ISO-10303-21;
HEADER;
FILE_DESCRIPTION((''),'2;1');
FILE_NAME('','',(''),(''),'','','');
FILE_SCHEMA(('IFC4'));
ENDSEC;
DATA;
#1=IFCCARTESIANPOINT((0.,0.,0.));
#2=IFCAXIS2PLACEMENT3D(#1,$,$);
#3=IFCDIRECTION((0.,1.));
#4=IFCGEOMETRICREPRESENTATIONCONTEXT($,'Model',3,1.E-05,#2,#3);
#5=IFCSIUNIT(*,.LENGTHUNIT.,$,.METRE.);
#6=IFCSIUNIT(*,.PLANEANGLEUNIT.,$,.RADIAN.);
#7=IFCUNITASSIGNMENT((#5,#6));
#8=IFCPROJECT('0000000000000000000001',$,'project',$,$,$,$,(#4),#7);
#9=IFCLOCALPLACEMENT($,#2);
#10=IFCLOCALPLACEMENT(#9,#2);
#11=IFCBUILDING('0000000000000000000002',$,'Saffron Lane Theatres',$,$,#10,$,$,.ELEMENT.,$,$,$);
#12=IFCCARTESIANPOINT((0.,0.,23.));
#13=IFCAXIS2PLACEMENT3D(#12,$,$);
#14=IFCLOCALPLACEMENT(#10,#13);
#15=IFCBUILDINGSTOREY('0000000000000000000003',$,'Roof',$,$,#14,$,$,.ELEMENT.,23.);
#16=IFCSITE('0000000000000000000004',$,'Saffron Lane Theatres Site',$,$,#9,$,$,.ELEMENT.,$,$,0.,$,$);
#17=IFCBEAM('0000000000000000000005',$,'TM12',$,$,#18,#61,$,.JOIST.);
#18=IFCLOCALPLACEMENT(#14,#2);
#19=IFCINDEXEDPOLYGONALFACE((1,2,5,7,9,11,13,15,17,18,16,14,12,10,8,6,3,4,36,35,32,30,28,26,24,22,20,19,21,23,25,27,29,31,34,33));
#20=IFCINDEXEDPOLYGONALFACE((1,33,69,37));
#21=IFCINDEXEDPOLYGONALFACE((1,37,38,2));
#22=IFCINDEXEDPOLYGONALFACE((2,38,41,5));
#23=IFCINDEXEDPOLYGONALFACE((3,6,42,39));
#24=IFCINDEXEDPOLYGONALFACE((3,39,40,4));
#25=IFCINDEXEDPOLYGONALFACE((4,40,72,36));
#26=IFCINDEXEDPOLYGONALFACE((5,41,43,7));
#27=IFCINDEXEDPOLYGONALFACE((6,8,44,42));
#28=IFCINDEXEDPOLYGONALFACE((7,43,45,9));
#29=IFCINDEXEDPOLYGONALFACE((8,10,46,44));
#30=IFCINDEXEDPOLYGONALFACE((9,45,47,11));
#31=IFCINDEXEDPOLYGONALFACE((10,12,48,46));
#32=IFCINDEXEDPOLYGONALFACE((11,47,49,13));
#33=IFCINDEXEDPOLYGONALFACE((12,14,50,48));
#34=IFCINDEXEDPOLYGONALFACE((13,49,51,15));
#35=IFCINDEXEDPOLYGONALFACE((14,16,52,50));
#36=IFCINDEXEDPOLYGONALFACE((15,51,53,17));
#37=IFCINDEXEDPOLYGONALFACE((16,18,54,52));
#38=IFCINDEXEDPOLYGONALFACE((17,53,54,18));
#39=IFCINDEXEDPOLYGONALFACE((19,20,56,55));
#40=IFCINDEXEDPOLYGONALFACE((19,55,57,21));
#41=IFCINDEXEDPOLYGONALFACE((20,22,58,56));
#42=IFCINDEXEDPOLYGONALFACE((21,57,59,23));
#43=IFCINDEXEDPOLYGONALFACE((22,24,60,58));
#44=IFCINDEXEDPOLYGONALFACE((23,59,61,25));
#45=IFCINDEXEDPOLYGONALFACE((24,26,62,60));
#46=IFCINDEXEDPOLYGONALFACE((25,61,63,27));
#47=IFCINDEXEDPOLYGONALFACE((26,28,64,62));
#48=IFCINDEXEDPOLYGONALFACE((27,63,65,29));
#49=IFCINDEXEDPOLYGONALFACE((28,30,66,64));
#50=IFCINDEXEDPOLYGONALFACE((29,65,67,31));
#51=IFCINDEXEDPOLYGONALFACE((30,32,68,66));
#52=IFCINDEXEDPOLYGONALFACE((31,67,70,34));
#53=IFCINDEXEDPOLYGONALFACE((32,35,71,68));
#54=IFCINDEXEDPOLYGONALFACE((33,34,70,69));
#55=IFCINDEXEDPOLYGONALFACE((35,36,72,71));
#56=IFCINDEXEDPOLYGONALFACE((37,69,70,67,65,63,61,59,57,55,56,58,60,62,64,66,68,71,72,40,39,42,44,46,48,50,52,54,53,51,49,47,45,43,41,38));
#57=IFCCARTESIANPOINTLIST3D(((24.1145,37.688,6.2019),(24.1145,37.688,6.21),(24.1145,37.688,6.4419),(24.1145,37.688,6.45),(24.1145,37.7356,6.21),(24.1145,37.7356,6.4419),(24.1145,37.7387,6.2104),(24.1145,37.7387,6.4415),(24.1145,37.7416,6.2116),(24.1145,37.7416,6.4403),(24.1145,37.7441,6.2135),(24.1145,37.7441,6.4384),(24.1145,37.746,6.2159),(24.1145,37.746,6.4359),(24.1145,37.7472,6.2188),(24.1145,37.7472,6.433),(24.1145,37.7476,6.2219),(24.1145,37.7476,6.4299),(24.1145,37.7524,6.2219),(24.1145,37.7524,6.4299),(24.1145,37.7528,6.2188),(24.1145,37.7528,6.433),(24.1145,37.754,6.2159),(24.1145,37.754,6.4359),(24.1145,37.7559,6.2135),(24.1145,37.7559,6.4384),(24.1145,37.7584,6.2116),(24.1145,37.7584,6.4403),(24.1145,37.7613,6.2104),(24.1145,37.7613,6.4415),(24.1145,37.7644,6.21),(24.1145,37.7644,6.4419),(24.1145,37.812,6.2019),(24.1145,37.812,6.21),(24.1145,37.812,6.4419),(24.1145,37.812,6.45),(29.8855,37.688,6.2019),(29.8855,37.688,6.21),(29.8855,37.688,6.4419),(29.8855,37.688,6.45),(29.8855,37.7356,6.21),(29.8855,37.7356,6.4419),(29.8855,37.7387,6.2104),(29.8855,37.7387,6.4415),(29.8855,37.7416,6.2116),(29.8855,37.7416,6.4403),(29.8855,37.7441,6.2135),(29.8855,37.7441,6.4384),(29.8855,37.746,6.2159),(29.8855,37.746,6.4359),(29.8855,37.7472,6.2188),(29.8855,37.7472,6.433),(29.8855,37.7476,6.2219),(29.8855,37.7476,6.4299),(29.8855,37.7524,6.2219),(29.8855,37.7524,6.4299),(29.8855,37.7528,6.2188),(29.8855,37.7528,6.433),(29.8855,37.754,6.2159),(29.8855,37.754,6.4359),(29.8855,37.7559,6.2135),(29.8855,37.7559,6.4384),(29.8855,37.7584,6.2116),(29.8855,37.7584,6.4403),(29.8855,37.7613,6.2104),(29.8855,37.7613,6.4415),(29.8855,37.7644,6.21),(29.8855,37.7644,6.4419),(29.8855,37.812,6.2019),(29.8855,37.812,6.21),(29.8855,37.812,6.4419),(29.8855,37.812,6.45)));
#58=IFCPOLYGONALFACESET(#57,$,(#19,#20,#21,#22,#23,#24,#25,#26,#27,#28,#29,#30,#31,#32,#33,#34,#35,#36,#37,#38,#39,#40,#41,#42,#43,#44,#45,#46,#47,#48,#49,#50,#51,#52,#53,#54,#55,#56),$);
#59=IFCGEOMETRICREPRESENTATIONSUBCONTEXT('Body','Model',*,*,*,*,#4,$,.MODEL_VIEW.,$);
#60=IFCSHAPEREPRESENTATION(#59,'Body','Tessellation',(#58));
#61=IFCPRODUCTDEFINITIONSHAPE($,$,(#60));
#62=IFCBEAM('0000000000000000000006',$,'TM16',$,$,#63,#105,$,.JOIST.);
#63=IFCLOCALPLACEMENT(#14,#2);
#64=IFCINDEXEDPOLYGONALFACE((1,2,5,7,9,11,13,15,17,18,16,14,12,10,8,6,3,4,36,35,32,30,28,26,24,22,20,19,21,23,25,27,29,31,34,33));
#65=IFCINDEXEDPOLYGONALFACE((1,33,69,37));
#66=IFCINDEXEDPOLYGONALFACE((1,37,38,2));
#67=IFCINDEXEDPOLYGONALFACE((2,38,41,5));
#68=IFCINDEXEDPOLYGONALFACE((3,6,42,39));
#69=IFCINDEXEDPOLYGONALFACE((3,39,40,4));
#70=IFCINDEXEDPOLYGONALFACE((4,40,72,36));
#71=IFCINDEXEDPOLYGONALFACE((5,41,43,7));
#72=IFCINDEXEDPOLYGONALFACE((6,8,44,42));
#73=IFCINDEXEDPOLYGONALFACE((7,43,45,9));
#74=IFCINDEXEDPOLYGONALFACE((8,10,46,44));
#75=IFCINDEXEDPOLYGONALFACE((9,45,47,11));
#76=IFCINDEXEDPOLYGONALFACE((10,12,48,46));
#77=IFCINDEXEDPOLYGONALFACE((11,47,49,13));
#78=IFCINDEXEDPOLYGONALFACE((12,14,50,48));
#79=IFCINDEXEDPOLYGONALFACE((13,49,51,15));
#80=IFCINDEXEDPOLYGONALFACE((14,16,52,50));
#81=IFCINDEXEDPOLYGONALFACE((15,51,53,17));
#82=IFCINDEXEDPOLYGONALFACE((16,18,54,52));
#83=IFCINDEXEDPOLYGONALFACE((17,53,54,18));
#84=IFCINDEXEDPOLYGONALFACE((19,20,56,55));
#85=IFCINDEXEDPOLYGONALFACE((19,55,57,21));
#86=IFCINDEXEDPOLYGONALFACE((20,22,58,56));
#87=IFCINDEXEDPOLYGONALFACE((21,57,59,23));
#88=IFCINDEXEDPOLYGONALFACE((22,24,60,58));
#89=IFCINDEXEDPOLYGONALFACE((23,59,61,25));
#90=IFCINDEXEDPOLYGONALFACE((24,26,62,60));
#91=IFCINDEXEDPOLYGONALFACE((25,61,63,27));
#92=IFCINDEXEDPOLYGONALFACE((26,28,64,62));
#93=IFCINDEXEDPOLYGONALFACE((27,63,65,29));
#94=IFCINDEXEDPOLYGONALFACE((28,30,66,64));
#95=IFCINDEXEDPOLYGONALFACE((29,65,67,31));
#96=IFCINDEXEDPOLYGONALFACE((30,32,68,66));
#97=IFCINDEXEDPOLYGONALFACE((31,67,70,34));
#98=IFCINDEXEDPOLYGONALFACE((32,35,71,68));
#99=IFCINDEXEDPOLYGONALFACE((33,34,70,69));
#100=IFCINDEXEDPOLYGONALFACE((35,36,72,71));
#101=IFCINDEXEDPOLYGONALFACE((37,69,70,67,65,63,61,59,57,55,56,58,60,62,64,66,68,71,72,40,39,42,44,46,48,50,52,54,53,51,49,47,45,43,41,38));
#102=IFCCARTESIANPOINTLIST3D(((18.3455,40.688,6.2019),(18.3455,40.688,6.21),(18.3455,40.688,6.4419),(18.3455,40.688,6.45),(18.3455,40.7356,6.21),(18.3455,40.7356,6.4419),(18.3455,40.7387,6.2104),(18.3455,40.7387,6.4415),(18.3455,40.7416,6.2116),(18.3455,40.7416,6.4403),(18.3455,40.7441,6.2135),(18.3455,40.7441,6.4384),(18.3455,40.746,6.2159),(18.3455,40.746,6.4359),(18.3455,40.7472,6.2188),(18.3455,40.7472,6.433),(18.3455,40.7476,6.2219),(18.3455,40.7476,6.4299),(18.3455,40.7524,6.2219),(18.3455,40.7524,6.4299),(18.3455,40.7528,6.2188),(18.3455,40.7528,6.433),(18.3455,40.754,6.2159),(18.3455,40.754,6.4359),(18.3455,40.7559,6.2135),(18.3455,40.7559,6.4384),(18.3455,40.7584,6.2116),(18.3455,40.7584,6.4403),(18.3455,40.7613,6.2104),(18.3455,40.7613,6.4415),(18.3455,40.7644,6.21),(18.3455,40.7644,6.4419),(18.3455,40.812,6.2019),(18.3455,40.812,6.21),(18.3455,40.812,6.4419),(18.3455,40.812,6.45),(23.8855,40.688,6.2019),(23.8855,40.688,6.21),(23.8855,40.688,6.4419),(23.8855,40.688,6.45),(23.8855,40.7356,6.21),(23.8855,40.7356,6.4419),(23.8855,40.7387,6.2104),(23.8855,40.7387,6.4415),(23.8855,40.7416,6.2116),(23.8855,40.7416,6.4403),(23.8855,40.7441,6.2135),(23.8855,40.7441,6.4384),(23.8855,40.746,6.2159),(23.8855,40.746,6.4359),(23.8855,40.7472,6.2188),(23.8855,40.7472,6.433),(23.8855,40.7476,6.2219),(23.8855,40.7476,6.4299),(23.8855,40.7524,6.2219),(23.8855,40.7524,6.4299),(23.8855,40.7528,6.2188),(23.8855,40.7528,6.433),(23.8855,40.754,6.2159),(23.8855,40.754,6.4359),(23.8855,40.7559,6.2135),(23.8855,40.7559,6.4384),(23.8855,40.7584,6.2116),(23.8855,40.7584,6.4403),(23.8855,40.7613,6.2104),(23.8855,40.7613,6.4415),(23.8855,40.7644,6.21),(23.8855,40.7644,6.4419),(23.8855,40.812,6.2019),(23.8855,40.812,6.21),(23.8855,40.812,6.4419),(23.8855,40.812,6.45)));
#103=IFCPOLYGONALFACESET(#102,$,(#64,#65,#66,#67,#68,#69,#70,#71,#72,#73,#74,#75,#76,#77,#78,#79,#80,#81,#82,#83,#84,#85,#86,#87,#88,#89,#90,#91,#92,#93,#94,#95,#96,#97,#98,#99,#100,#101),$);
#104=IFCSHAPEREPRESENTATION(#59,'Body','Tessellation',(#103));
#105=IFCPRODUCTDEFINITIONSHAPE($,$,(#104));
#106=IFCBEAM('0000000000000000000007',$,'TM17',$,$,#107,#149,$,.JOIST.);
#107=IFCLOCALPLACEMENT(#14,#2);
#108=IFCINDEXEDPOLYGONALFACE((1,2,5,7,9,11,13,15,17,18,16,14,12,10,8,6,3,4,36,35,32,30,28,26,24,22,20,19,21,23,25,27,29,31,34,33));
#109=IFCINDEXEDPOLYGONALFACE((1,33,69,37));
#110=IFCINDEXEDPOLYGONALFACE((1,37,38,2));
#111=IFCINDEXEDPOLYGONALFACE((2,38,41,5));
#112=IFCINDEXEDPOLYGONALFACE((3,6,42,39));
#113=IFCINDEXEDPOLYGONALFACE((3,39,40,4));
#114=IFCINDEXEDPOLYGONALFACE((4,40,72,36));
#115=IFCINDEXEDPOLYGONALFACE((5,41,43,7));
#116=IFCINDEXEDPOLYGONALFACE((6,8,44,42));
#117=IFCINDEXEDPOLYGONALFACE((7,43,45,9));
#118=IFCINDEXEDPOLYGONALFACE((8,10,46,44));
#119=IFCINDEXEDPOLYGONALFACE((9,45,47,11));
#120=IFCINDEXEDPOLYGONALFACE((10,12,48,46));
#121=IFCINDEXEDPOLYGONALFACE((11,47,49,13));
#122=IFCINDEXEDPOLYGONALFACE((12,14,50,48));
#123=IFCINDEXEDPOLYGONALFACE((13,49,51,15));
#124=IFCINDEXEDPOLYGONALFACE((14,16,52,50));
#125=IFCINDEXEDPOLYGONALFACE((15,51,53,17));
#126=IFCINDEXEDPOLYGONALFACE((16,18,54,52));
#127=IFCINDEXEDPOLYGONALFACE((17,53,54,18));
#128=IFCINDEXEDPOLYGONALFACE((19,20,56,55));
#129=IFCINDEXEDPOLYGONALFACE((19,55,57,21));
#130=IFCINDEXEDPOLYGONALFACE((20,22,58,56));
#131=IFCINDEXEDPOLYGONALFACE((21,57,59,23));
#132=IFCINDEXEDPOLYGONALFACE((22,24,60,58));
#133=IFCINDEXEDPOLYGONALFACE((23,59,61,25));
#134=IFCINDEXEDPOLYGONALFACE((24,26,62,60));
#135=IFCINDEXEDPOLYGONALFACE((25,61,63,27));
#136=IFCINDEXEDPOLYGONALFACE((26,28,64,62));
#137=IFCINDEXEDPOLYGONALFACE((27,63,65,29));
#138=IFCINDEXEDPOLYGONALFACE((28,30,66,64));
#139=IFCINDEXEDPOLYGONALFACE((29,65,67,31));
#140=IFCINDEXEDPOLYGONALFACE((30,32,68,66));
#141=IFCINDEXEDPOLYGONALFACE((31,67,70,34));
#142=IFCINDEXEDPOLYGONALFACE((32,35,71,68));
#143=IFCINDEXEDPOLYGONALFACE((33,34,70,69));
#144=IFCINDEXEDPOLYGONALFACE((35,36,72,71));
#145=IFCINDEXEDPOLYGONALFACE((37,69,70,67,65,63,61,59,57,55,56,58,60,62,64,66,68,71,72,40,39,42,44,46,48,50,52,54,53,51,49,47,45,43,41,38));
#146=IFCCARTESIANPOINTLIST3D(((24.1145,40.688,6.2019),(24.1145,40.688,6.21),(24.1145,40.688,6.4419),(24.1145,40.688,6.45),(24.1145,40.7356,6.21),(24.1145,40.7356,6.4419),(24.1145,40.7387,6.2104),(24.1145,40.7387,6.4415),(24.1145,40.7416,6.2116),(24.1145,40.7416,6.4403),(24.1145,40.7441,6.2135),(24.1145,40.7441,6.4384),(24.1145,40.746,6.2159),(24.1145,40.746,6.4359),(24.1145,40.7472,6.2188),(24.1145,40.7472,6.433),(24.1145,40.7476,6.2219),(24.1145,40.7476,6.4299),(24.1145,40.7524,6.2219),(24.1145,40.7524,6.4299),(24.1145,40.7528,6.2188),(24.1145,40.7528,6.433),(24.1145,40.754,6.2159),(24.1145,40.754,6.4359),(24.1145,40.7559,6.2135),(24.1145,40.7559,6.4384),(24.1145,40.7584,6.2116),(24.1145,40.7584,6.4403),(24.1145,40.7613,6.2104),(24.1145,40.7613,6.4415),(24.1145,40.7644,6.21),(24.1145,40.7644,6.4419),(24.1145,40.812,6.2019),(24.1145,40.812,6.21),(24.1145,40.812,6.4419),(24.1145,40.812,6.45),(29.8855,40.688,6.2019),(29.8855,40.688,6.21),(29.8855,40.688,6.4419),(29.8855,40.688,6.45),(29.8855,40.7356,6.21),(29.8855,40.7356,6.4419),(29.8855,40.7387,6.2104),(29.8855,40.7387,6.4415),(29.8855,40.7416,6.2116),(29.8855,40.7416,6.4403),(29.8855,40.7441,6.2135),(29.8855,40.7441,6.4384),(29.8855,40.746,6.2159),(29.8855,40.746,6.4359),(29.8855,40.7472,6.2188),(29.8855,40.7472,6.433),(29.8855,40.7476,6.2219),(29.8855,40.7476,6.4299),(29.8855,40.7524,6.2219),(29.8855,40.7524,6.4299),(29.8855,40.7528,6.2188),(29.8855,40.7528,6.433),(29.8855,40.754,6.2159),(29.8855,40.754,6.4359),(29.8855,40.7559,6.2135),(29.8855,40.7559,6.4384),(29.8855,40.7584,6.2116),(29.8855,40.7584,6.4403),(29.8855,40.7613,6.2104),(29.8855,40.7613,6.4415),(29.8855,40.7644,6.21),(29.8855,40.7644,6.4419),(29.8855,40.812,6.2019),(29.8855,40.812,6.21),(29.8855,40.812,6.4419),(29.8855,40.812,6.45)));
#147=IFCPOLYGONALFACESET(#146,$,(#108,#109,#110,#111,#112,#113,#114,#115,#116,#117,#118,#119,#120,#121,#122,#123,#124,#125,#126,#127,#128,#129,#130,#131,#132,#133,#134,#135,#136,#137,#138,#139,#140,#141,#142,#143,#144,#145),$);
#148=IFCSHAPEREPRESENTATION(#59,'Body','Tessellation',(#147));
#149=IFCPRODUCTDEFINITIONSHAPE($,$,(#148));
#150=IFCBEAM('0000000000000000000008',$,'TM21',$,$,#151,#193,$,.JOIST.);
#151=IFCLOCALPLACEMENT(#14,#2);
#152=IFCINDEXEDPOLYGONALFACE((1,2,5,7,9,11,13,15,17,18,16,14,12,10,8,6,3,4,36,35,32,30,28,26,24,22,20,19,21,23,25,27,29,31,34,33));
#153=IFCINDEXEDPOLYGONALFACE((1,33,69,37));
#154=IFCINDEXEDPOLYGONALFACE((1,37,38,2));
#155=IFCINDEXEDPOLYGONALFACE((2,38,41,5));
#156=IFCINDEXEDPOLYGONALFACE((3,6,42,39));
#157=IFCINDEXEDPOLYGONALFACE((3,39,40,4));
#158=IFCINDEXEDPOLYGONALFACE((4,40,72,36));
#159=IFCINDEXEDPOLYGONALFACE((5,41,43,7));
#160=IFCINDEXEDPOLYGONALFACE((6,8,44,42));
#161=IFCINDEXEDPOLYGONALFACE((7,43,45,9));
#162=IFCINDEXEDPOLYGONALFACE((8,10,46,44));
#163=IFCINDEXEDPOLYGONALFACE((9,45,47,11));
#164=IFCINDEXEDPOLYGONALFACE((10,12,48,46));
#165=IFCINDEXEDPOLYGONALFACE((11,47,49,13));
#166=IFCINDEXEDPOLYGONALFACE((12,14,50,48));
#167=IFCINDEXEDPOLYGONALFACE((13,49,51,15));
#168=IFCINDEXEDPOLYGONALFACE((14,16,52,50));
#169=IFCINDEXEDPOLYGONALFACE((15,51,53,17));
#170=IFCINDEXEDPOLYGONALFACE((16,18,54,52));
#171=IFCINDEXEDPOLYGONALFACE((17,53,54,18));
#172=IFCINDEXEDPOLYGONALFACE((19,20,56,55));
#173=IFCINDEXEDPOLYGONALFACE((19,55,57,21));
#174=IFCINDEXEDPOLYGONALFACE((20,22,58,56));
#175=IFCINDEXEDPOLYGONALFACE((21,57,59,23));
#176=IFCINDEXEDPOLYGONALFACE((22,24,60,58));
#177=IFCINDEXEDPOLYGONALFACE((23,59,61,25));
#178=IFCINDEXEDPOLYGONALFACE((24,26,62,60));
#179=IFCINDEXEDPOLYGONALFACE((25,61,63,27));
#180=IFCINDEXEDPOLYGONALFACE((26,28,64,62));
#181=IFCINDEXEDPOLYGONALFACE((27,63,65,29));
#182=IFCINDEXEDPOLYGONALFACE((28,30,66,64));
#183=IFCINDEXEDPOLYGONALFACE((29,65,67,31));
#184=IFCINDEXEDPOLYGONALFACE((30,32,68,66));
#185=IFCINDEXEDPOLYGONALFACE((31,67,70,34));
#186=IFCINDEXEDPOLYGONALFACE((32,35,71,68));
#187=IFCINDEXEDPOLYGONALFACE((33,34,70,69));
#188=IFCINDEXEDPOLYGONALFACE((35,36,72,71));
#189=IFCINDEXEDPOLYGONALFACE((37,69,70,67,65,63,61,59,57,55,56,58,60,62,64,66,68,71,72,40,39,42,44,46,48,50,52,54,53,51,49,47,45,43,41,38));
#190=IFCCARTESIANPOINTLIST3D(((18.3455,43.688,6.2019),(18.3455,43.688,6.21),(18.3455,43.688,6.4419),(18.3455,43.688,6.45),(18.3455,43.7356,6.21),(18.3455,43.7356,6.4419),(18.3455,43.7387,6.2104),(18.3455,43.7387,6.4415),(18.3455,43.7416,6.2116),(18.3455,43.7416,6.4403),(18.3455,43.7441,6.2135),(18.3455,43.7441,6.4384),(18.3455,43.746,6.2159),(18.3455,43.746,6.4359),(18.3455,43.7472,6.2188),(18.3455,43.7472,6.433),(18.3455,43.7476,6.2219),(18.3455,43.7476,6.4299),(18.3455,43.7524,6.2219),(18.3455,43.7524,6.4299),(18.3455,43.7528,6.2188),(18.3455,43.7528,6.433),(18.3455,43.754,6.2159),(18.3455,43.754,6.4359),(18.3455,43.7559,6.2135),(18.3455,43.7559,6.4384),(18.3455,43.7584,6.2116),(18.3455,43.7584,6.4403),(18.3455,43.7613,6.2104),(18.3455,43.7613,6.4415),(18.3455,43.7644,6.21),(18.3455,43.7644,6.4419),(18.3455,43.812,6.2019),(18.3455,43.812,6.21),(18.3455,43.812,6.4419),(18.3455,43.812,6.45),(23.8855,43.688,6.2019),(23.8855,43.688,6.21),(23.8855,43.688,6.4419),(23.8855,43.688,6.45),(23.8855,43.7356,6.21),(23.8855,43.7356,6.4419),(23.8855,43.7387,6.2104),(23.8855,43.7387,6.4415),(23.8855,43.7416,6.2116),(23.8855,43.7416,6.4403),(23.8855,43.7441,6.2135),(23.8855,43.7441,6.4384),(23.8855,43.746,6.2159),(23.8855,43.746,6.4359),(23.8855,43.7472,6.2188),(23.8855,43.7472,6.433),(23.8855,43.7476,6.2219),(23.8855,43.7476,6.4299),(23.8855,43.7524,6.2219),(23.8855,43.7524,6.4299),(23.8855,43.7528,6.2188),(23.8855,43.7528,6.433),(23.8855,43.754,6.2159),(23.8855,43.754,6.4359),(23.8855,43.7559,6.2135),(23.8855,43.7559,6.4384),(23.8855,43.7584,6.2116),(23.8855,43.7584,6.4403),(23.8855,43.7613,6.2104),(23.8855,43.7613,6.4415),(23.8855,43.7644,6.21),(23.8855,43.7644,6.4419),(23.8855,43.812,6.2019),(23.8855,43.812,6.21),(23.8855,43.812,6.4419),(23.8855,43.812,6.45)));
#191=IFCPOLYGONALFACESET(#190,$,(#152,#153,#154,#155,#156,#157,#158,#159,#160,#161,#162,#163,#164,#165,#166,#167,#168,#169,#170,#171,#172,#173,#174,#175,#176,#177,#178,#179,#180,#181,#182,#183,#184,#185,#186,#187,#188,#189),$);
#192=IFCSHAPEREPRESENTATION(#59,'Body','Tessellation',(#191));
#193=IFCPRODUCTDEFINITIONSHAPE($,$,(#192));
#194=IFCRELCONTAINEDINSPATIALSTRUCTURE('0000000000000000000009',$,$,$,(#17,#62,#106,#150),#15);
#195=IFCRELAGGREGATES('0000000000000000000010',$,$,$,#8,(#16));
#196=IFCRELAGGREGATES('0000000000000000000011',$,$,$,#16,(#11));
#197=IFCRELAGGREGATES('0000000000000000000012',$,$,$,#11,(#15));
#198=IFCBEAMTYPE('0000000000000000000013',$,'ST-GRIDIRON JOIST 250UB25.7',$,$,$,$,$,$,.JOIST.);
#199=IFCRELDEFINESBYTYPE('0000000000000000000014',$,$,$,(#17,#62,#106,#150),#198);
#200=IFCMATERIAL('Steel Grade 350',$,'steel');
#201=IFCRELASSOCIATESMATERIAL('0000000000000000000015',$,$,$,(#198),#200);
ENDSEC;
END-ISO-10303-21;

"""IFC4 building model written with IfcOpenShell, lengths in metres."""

from ifc_helpers import new_model, si_unit, direction, frame, origin, origin_2d, place, context, subcontext, project, spatial, i_section, extrude, material, material_profile, profile_set, type_object, element, save


model = new_model("IFC4")

# Units and contexts
model_context = context("Model", 3, precision=1e-05, world=origin(), true_north=direction((0.0, 1.0)))
body_context = subcontext(model_context, "Body", "Model", "MODEL_VIEW")
ifc_project = project(units=[si_unit("LENGTHUNIT", "METRE"), si_unit("PLANEANGLEUNIT", "RADIAN")], contexts=[model_context])

# Site, building, storey
site_placement = place(None, origin())
site = spatial("IfcSite", under=ifc_project, at=site_placement, Name="Saffron Lane Theatres Site", CompositionType="ELEMENT", RefElevation=0.0)
building_placement = place(site_placement, origin())
building = spatial("IfcBuilding", under=site, at=building_placement, Name="Saffron Lane Theatres", CompositionType="ELEMENT")
storey_placement = place(building_placement, frame((0.0, 0.0, 23.0)))
storey = spatial("IfcBuildingStorey", under=building, at=storey_placement, Name="Roof", CompositionType="ELEMENT", Elevation=23.0)

# Beams
ifc_material_1 = material(Name="Steel Grade 350", Category="steel")
ifc_material_profile_1 = material_profile(ifc_material_1, i_section(OverallWidth=0.124, OverallDepth=0.248, WebThickness=0.0049, FlangeThickness=0.0081, FilletRadius=0.012, at=origin_2d()))
ifc_profile_set_1 = profile_set([ifc_material_profile_1], Name="Steel Grade 350")
beam_type_1 = type_object("IfcBeamType", Name="ST-GRIDIRON JOIST 250UB25.7", PredefinedType="JOIST", material=ifc_profile_set_1)
beam_1_placement = place(storey_placement, frame((24.1145, 37.75, 6.3259), z_axis=(1.0, 0.0, 0.0), x_axis=(0.0, 1.0, 0.0)))
element("IfcBeam", 1, at=beam_1_placement, inside=storey, type_object=beam_type_1, Name="TM12", PredefinedType="JOIST", context=body_context, shape_type="SweptSolid", body=[
    extrude(i_section(OverallWidth=0.124, OverallDepth=0.248, WebThickness=0.0049, FlangeThickness=0.0081, FilletRadius=0.012, at=origin_2d()), origin(), (0.0, 0.0, 1.0), 5.771),
])
beam_2_placement = place(storey_placement, frame((18.3455, 40.75, 6.3259), z_axis=(1.0, 0.0, 0.0), x_axis=(0.0, 1.0, 0.0)))
element("IfcBeam", 2, at=beam_2_placement, inside=storey, type_object=beam_type_1, Name="TM16", PredefinedType="JOIST", context=body_context, shape_type="SweptSolid", body=[
    extrude(i_section(OverallWidth=0.124, OverallDepth=0.248, WebThickness=0.0049, FlangeThickness=0.0081, FilletRadius=0.012, at=origin_2d()), origin(), (0.0, 0.0, 1.0), 5.54),
])
beam_3_placement = place(storey_placement, frame((24.1145, 40.75, 6.3259), z_axis=(1.0, 0.0, 0.0), x_axis=(0.0, 1.0, 0.0)))
element("IfcBeam", 3, at=beam_3_placement, inside=storey, type_object=beam_type_1, Name="TM17", PredefinedType="JOIST", context=body_context, shape_type="SweptSolid", body=[
    extrude(i_section(OverallWidth=0.124, OverallDepth=0.248, WebThickness=0.0049, FlangeThickness=0.0081, FilletRadius=0.012, at=origin_2d()), origin(), (0.0, 0.0, 1.0), 5.771),
])
beam_4_placement = place(storey_placement, frame((18.3455, 43.75, 6.3259), z_axis=(1.0, 0.0, 0.0), x_axis=(0.0, 1.0, 0.0)))
element("IfcBeam", 4, at=beam_4_placement, inside=storey, type_object=beam_type_1, Name="TM21", PredefinedType="JOIST", context=body_context, shape_type="SweptSolid", body=[
    extrude(i_section(OverallWidth=0.124, OverallDepth=0.248, WebThickness=0.0049, FlangeThickness=0.0081, FilletRadius=0.012, at=origin_2d()), origin(), (0.0, 0.0, 1.0), 5.54),
])

save(model, "model.ifc")
